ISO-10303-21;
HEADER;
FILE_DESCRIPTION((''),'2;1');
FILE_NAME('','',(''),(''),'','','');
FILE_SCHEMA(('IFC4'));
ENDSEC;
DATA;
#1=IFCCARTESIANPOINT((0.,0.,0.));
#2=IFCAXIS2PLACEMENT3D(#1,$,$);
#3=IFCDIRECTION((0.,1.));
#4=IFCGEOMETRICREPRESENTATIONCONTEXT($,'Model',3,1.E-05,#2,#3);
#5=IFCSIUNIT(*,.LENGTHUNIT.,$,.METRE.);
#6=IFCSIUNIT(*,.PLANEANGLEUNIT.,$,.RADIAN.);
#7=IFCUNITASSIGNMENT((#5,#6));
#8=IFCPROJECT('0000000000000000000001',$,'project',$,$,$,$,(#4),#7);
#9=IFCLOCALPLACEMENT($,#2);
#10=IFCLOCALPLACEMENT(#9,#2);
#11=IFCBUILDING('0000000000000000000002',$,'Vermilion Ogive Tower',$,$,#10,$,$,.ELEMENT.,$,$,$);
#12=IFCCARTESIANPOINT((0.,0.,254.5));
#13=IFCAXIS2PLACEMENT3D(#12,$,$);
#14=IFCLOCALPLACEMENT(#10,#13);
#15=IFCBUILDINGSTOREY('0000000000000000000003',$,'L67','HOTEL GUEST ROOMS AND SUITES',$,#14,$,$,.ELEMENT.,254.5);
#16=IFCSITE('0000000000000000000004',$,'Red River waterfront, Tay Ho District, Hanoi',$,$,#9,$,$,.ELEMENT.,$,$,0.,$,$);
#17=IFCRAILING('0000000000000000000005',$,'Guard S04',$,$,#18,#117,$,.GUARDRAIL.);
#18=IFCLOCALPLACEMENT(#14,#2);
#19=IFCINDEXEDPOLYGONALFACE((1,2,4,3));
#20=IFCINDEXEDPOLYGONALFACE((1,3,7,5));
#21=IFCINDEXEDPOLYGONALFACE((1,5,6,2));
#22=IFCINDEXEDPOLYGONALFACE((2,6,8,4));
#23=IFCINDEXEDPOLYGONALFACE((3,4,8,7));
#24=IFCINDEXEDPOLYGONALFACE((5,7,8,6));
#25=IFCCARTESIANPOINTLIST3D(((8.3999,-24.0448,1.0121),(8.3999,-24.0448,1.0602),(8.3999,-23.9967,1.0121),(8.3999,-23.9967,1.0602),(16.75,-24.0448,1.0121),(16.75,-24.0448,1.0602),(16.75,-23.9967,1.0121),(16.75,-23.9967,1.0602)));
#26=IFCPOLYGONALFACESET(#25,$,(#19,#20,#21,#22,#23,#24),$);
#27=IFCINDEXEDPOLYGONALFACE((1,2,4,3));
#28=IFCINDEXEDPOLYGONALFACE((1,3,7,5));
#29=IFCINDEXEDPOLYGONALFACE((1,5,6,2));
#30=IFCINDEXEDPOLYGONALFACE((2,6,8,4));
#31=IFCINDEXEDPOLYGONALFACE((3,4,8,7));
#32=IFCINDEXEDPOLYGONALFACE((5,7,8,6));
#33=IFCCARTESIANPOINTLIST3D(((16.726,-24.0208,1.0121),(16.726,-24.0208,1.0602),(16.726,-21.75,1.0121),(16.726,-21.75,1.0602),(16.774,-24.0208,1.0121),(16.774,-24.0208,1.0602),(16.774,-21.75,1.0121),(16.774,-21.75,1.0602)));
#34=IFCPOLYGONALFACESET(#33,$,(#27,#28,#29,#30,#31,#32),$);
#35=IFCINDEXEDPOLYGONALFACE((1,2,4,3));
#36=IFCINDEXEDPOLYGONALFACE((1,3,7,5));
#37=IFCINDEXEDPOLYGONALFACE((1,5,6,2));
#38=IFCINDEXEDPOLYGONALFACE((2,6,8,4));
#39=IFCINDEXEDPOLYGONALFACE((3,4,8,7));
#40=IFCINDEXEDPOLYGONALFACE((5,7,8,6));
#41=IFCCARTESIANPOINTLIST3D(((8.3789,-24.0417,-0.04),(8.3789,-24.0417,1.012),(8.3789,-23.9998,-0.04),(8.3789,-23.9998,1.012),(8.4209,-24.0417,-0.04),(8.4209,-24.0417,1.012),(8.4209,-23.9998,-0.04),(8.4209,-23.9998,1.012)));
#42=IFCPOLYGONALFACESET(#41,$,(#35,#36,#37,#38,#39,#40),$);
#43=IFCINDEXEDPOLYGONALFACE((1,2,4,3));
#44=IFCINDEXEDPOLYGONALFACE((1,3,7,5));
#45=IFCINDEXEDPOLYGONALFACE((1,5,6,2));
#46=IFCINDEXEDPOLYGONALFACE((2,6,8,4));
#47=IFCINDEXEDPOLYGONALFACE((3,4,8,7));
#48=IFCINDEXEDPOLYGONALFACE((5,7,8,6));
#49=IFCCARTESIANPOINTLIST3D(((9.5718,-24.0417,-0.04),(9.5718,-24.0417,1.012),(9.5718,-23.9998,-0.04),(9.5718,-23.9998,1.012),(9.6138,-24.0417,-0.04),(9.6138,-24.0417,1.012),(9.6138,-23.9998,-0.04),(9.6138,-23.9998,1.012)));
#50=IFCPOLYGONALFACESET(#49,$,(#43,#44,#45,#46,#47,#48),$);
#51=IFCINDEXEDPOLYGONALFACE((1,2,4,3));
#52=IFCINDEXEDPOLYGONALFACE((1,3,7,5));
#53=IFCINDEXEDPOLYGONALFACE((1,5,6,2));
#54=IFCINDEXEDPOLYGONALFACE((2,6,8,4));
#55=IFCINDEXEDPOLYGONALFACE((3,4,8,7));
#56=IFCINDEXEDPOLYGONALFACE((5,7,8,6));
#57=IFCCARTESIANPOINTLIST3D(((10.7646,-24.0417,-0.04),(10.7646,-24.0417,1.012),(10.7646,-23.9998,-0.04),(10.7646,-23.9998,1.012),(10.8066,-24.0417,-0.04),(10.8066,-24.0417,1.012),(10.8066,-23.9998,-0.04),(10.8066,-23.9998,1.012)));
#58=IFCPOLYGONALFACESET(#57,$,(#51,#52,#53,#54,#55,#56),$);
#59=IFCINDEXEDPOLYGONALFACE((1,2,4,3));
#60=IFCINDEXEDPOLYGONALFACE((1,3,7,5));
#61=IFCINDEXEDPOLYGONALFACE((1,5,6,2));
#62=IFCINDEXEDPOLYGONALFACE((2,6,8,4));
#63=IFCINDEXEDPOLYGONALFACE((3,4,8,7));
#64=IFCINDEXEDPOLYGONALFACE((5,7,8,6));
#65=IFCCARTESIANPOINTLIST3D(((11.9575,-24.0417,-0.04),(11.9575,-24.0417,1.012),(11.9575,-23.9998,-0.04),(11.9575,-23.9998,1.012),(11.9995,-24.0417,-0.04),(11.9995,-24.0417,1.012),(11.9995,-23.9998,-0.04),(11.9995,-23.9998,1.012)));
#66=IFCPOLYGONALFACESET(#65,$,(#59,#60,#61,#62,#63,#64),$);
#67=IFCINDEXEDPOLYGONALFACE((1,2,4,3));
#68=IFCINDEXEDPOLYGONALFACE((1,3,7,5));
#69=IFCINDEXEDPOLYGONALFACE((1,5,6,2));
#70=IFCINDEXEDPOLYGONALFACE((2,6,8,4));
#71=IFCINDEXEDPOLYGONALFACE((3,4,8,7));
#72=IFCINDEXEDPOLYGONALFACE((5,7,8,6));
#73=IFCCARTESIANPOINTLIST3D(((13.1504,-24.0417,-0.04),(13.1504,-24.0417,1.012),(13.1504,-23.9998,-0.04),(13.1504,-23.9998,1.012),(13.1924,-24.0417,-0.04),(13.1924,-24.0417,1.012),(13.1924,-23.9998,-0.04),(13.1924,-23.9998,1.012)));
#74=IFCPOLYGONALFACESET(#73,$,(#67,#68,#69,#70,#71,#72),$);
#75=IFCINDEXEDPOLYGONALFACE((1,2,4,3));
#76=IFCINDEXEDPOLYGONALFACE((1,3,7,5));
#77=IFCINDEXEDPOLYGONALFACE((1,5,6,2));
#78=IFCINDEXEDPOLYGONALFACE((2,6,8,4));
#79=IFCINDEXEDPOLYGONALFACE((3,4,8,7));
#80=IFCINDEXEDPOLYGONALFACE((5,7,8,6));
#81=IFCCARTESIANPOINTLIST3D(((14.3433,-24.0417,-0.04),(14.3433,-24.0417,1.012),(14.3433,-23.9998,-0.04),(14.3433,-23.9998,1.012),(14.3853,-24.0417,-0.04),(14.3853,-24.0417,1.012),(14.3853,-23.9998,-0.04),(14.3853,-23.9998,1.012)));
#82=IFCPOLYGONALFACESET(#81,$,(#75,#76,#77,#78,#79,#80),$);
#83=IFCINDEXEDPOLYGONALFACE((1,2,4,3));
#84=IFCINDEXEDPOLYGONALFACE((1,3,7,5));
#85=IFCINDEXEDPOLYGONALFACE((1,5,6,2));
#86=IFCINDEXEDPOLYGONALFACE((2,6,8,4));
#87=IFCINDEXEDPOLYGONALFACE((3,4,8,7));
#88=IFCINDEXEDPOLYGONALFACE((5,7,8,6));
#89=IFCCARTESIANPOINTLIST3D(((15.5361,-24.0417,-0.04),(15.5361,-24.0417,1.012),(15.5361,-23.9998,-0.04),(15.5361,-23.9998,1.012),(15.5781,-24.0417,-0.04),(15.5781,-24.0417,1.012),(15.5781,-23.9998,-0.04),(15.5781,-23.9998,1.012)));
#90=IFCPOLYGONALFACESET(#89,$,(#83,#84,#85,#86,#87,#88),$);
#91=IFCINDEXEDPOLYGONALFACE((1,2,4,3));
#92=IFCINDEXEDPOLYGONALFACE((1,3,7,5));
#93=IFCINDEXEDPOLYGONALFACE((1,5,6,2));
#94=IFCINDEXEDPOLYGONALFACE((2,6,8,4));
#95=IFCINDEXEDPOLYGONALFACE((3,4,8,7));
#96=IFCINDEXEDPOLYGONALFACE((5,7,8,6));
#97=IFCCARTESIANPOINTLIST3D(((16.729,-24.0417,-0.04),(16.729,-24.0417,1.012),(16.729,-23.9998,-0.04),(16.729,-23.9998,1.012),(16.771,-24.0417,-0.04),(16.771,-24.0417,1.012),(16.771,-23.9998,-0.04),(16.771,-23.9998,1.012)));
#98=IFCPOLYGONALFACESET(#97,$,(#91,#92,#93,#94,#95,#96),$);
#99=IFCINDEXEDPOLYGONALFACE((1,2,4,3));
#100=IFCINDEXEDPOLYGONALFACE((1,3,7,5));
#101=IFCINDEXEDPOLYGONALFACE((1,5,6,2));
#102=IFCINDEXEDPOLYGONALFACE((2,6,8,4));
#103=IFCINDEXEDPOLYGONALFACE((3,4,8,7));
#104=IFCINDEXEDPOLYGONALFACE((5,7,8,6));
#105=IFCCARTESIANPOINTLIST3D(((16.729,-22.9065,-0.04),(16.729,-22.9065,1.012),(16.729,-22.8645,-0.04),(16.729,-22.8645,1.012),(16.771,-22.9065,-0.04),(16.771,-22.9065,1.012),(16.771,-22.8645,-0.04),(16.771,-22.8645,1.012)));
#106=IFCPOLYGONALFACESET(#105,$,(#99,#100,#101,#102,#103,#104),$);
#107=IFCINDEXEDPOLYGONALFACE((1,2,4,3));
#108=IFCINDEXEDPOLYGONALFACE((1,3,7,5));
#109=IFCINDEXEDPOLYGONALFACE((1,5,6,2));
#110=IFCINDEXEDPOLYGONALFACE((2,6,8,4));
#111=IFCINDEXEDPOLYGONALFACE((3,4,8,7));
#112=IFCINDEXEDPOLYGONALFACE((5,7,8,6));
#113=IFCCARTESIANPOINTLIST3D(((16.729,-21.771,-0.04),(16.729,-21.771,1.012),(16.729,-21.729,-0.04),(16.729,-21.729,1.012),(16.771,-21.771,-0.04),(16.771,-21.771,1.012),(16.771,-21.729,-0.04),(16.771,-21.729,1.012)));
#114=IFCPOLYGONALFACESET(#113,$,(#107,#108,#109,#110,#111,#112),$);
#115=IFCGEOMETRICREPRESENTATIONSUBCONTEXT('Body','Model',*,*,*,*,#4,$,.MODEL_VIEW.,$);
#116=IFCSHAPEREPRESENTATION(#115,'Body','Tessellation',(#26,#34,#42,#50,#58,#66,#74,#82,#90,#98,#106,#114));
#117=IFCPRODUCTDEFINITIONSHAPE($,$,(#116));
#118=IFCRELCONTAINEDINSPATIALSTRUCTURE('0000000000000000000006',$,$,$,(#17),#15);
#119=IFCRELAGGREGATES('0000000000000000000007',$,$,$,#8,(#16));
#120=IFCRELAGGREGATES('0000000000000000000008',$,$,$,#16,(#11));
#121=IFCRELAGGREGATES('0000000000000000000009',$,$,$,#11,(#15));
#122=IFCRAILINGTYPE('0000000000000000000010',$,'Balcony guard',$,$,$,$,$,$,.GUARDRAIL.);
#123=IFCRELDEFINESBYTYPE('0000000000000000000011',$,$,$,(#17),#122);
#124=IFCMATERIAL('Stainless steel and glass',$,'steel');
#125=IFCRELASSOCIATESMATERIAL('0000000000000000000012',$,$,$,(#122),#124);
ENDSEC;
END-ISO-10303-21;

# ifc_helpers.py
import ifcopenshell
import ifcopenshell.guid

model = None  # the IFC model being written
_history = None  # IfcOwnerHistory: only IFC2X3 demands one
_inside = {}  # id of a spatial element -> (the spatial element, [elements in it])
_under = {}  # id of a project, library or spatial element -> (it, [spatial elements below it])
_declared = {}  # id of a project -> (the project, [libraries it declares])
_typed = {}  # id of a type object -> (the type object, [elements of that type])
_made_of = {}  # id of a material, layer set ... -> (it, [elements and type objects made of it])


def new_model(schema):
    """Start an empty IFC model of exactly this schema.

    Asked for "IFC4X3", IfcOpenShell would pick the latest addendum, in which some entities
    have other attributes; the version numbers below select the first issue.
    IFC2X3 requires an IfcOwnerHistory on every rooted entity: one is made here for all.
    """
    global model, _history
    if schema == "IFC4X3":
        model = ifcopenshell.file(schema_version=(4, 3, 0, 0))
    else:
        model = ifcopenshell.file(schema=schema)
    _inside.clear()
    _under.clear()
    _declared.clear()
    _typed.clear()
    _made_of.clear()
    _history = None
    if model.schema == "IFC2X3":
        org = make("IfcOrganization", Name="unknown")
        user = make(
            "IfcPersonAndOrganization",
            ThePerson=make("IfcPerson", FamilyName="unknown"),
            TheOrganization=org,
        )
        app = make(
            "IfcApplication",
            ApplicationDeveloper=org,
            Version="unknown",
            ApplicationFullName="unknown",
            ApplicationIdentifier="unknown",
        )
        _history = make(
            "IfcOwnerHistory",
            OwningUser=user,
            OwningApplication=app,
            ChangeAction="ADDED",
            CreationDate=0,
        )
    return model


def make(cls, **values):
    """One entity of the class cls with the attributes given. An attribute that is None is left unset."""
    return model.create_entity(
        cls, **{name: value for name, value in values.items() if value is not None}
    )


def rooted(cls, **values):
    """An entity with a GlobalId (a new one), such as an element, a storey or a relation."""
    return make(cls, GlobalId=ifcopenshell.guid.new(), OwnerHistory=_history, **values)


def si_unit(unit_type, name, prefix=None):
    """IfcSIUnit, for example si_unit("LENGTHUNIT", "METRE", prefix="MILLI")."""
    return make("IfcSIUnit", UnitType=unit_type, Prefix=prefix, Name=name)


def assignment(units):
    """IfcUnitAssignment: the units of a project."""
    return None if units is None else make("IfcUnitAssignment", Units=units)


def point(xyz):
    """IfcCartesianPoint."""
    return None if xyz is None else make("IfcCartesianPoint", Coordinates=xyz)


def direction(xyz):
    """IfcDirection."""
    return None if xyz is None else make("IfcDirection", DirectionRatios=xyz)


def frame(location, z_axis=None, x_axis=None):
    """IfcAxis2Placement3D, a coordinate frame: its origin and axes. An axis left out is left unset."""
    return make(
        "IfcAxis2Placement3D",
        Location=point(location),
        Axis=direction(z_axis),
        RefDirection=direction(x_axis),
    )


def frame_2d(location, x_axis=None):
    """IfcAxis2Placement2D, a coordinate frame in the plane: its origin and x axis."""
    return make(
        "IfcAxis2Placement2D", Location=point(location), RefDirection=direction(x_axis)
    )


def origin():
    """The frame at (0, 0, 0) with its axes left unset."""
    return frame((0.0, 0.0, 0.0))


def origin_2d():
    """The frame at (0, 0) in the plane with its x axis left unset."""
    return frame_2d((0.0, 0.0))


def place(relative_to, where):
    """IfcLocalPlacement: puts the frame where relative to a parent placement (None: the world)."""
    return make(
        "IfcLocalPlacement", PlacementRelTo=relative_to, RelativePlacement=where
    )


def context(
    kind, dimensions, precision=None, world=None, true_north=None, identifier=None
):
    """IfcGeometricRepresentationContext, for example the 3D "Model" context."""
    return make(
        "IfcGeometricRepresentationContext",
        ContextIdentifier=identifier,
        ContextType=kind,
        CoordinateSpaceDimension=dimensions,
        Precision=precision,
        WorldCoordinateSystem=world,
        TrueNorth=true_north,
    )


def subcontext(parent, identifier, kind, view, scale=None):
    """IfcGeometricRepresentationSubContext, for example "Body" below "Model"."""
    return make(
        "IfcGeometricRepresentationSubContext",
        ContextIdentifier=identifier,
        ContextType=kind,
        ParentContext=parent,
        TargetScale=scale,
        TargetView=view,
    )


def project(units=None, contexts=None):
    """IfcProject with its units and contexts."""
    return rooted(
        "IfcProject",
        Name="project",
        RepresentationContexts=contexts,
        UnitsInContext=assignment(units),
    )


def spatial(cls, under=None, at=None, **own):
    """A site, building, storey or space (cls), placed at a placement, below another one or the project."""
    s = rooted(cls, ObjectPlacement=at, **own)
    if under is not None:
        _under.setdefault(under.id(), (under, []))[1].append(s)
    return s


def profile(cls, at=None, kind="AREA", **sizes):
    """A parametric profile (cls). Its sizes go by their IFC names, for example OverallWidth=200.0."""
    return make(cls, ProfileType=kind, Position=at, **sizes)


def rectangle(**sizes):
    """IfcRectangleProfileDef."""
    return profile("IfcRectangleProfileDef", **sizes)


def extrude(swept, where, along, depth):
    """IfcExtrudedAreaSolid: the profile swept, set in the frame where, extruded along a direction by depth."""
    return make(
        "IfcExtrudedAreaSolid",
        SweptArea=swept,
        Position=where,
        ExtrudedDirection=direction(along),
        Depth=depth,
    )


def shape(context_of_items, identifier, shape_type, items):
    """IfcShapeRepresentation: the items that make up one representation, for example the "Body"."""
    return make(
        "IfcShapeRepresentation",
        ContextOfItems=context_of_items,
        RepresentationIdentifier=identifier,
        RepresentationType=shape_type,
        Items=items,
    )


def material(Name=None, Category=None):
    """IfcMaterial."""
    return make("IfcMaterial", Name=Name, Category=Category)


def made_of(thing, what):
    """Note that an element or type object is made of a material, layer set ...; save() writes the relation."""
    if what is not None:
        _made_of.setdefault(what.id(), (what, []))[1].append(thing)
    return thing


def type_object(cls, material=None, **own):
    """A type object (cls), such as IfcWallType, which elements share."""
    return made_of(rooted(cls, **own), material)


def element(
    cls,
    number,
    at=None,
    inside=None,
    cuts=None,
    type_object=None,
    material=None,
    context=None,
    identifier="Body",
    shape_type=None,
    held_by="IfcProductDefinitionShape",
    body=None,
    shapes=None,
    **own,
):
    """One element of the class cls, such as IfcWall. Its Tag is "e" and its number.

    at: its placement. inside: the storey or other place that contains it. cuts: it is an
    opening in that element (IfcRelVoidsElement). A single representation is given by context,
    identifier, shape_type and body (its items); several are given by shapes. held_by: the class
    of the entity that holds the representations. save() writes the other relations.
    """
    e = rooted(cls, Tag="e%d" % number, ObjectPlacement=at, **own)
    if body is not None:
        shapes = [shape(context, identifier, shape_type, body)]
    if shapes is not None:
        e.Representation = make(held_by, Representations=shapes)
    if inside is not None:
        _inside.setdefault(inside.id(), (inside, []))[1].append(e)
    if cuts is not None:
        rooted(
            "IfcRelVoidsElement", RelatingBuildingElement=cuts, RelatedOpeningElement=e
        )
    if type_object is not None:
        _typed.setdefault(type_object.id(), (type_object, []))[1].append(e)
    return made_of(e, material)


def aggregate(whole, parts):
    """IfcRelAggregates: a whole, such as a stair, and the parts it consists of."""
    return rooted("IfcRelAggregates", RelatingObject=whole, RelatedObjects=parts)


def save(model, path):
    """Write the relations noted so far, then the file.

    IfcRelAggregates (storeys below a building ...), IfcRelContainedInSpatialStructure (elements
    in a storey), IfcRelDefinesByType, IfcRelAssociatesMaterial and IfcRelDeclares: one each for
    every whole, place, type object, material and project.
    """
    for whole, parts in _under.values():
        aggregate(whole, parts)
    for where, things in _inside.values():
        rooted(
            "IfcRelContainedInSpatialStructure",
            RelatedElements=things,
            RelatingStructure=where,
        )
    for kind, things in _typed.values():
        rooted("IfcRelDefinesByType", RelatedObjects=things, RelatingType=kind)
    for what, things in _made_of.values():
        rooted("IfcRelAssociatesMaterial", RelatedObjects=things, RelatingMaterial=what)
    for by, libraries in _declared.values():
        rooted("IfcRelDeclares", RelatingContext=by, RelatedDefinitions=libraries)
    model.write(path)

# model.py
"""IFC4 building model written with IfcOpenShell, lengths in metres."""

from ifc_helpers import new_model, si_unit, direction, frame, origin, origin_2d, place, context, subcontext, project, spatial, rectangle, extrude, material, type_object, element, save


model = new_model("IFC4")

# Units and contexts
model_context = context("Model", 3, precision=1e-05, world=origin(), true_north=direction((0.0, 1.0)))
body_context = subcontext(model_context, "Body", "Model", "MODEL_VIEW")
ifc_project = project(units=[si_unit("LENGTHUNIT", "METRE"), si_unit("PLANEANGLEUNIT", "RADIAN")], contexts=[model_context])

# Site, building, storey
site_placement = place(None, origin())
site = spatial("IfcSite", under=ifc_project, at=site_placement, Name="Red River waterfront, Tay Ho District, Hanoi", CompositionType="ELEMENT", RefElevation=0.0)
building_placement = place(site_placement, origin())
building = spatial("IfcBuilding", under=site, at=building_placement, Name="Vermilion Ogive Tower", CompositionType="ELEMENT")
storey_placement = place(building_placement, frame((0.0, 0.0, 254.5)))
storey = spatial("IfcBuildingStorey", under=building, at=storey_placement, Name="L67", Description="HOTEL GUEST ROOMS AND SUITES", CompositionType="ELEMENT", Elevation=254.5)

# Railing
ifc_material_1 = material(Name="Stainless steel and glass", Category="steel")
railing_type_1 = type_object("IfcRailingType", Name="Balcony guard", PredefinedType="GUARDRAIL", material=ifc_material_1)
railing_1_placement = place(storey_placement, frame((8.3999, -24.0208, -0.04)))
element("IfcRailing", 1, at=railing_1_placement, inside=storey, type_object=railing_type_1, Name="Guard S04", PredefinedType="GUARDRAIL", context=body_context, shape_type="SweptSolid", body=[
    extrude(rectangle(XDim=0.0481, YDim=0.0481, at=origin_2d()), frame((0.0, 0.0, 1.0762), z_axis=(1.0, 0.0, 0.0), x_axis=(0.0, 1.0, 0.0)), (0.0, 0.0, 1.0), 8.3501),
    extrude(rectangle(XDim=0.0481, YDim=0.0481, at=origin_2d()), frame((8.3501, 0.0, 1.0762), z_axis=(0.0, 1.0, 0.0), x_axis=(-1.0, 0.0, 0.0)), (0.0, 0.0, 1.0), 2.2708),
    extrude(rectangle(XDim=0.042, YDim=0.042, at=origin_2d()), origin(), (0.0, 0.0, 1.0), 1.052),
    extrude(rectangle(XDim=0.042, YDim=0.042, at=origin_2d()), frame((1.1929, 0.0, 0.0)), (0.0, 0.0, 1.0), 1.052),
    extrude(rectangle(XDim=0.042, YDim=0.042, at=origin_2d()), frame((2.3857, 0.0, 0.0)), (0.0, 0.0, 1.0), 1.052),
    extrude(rectangle(XDim=0.042, YDim=0.042, at=origin_2d()), frame((3.5786, 0.0, 0.0)), (0.0, 0.0, 1.0), 1.052),
    extrude(rectangle(XDim=0.042, YDim=0.042, at=origin_2d()), frame((4.7715, 0.0, 0.0)), (0.0, 0.0, 1.0), 1.052),
    extrude(rectangle(XDim=0.042, YDim=0.042, at=origin_2d()), frame((5.9644, 0.0, 0.0)), (0.0, 0.0, 1.0), 1.052),
    extrude(rectangle(XDim=0.042, YDim=0.042, at=origin_2d()), frame((7.1572, 0.0, 0.0)), (0.0, 0.0, 1.0), 1.052),
    extrude(rectangle(XDim=0.042, YDim=0.042, at=origin_2d()), frame((8.3501, 0.0, 0.0)), (0.0, 0.0, 1.0), 1.052),
    extrude(rectangle(XDim=0.042, YDim=0.042, at=origin_2d()), frame((8.3501, 1.1353, 0.0)), (0.0, 0.0, 1.0), 1.052),
    extrude(rectangle(XDim=0.042, YDim=0.042, at=origin_2d()), frame((8.3501, 2.2708, 0.0)), (0.0, 0.0, 1.0), 1.052),
])

save(model, "model.ifc")
